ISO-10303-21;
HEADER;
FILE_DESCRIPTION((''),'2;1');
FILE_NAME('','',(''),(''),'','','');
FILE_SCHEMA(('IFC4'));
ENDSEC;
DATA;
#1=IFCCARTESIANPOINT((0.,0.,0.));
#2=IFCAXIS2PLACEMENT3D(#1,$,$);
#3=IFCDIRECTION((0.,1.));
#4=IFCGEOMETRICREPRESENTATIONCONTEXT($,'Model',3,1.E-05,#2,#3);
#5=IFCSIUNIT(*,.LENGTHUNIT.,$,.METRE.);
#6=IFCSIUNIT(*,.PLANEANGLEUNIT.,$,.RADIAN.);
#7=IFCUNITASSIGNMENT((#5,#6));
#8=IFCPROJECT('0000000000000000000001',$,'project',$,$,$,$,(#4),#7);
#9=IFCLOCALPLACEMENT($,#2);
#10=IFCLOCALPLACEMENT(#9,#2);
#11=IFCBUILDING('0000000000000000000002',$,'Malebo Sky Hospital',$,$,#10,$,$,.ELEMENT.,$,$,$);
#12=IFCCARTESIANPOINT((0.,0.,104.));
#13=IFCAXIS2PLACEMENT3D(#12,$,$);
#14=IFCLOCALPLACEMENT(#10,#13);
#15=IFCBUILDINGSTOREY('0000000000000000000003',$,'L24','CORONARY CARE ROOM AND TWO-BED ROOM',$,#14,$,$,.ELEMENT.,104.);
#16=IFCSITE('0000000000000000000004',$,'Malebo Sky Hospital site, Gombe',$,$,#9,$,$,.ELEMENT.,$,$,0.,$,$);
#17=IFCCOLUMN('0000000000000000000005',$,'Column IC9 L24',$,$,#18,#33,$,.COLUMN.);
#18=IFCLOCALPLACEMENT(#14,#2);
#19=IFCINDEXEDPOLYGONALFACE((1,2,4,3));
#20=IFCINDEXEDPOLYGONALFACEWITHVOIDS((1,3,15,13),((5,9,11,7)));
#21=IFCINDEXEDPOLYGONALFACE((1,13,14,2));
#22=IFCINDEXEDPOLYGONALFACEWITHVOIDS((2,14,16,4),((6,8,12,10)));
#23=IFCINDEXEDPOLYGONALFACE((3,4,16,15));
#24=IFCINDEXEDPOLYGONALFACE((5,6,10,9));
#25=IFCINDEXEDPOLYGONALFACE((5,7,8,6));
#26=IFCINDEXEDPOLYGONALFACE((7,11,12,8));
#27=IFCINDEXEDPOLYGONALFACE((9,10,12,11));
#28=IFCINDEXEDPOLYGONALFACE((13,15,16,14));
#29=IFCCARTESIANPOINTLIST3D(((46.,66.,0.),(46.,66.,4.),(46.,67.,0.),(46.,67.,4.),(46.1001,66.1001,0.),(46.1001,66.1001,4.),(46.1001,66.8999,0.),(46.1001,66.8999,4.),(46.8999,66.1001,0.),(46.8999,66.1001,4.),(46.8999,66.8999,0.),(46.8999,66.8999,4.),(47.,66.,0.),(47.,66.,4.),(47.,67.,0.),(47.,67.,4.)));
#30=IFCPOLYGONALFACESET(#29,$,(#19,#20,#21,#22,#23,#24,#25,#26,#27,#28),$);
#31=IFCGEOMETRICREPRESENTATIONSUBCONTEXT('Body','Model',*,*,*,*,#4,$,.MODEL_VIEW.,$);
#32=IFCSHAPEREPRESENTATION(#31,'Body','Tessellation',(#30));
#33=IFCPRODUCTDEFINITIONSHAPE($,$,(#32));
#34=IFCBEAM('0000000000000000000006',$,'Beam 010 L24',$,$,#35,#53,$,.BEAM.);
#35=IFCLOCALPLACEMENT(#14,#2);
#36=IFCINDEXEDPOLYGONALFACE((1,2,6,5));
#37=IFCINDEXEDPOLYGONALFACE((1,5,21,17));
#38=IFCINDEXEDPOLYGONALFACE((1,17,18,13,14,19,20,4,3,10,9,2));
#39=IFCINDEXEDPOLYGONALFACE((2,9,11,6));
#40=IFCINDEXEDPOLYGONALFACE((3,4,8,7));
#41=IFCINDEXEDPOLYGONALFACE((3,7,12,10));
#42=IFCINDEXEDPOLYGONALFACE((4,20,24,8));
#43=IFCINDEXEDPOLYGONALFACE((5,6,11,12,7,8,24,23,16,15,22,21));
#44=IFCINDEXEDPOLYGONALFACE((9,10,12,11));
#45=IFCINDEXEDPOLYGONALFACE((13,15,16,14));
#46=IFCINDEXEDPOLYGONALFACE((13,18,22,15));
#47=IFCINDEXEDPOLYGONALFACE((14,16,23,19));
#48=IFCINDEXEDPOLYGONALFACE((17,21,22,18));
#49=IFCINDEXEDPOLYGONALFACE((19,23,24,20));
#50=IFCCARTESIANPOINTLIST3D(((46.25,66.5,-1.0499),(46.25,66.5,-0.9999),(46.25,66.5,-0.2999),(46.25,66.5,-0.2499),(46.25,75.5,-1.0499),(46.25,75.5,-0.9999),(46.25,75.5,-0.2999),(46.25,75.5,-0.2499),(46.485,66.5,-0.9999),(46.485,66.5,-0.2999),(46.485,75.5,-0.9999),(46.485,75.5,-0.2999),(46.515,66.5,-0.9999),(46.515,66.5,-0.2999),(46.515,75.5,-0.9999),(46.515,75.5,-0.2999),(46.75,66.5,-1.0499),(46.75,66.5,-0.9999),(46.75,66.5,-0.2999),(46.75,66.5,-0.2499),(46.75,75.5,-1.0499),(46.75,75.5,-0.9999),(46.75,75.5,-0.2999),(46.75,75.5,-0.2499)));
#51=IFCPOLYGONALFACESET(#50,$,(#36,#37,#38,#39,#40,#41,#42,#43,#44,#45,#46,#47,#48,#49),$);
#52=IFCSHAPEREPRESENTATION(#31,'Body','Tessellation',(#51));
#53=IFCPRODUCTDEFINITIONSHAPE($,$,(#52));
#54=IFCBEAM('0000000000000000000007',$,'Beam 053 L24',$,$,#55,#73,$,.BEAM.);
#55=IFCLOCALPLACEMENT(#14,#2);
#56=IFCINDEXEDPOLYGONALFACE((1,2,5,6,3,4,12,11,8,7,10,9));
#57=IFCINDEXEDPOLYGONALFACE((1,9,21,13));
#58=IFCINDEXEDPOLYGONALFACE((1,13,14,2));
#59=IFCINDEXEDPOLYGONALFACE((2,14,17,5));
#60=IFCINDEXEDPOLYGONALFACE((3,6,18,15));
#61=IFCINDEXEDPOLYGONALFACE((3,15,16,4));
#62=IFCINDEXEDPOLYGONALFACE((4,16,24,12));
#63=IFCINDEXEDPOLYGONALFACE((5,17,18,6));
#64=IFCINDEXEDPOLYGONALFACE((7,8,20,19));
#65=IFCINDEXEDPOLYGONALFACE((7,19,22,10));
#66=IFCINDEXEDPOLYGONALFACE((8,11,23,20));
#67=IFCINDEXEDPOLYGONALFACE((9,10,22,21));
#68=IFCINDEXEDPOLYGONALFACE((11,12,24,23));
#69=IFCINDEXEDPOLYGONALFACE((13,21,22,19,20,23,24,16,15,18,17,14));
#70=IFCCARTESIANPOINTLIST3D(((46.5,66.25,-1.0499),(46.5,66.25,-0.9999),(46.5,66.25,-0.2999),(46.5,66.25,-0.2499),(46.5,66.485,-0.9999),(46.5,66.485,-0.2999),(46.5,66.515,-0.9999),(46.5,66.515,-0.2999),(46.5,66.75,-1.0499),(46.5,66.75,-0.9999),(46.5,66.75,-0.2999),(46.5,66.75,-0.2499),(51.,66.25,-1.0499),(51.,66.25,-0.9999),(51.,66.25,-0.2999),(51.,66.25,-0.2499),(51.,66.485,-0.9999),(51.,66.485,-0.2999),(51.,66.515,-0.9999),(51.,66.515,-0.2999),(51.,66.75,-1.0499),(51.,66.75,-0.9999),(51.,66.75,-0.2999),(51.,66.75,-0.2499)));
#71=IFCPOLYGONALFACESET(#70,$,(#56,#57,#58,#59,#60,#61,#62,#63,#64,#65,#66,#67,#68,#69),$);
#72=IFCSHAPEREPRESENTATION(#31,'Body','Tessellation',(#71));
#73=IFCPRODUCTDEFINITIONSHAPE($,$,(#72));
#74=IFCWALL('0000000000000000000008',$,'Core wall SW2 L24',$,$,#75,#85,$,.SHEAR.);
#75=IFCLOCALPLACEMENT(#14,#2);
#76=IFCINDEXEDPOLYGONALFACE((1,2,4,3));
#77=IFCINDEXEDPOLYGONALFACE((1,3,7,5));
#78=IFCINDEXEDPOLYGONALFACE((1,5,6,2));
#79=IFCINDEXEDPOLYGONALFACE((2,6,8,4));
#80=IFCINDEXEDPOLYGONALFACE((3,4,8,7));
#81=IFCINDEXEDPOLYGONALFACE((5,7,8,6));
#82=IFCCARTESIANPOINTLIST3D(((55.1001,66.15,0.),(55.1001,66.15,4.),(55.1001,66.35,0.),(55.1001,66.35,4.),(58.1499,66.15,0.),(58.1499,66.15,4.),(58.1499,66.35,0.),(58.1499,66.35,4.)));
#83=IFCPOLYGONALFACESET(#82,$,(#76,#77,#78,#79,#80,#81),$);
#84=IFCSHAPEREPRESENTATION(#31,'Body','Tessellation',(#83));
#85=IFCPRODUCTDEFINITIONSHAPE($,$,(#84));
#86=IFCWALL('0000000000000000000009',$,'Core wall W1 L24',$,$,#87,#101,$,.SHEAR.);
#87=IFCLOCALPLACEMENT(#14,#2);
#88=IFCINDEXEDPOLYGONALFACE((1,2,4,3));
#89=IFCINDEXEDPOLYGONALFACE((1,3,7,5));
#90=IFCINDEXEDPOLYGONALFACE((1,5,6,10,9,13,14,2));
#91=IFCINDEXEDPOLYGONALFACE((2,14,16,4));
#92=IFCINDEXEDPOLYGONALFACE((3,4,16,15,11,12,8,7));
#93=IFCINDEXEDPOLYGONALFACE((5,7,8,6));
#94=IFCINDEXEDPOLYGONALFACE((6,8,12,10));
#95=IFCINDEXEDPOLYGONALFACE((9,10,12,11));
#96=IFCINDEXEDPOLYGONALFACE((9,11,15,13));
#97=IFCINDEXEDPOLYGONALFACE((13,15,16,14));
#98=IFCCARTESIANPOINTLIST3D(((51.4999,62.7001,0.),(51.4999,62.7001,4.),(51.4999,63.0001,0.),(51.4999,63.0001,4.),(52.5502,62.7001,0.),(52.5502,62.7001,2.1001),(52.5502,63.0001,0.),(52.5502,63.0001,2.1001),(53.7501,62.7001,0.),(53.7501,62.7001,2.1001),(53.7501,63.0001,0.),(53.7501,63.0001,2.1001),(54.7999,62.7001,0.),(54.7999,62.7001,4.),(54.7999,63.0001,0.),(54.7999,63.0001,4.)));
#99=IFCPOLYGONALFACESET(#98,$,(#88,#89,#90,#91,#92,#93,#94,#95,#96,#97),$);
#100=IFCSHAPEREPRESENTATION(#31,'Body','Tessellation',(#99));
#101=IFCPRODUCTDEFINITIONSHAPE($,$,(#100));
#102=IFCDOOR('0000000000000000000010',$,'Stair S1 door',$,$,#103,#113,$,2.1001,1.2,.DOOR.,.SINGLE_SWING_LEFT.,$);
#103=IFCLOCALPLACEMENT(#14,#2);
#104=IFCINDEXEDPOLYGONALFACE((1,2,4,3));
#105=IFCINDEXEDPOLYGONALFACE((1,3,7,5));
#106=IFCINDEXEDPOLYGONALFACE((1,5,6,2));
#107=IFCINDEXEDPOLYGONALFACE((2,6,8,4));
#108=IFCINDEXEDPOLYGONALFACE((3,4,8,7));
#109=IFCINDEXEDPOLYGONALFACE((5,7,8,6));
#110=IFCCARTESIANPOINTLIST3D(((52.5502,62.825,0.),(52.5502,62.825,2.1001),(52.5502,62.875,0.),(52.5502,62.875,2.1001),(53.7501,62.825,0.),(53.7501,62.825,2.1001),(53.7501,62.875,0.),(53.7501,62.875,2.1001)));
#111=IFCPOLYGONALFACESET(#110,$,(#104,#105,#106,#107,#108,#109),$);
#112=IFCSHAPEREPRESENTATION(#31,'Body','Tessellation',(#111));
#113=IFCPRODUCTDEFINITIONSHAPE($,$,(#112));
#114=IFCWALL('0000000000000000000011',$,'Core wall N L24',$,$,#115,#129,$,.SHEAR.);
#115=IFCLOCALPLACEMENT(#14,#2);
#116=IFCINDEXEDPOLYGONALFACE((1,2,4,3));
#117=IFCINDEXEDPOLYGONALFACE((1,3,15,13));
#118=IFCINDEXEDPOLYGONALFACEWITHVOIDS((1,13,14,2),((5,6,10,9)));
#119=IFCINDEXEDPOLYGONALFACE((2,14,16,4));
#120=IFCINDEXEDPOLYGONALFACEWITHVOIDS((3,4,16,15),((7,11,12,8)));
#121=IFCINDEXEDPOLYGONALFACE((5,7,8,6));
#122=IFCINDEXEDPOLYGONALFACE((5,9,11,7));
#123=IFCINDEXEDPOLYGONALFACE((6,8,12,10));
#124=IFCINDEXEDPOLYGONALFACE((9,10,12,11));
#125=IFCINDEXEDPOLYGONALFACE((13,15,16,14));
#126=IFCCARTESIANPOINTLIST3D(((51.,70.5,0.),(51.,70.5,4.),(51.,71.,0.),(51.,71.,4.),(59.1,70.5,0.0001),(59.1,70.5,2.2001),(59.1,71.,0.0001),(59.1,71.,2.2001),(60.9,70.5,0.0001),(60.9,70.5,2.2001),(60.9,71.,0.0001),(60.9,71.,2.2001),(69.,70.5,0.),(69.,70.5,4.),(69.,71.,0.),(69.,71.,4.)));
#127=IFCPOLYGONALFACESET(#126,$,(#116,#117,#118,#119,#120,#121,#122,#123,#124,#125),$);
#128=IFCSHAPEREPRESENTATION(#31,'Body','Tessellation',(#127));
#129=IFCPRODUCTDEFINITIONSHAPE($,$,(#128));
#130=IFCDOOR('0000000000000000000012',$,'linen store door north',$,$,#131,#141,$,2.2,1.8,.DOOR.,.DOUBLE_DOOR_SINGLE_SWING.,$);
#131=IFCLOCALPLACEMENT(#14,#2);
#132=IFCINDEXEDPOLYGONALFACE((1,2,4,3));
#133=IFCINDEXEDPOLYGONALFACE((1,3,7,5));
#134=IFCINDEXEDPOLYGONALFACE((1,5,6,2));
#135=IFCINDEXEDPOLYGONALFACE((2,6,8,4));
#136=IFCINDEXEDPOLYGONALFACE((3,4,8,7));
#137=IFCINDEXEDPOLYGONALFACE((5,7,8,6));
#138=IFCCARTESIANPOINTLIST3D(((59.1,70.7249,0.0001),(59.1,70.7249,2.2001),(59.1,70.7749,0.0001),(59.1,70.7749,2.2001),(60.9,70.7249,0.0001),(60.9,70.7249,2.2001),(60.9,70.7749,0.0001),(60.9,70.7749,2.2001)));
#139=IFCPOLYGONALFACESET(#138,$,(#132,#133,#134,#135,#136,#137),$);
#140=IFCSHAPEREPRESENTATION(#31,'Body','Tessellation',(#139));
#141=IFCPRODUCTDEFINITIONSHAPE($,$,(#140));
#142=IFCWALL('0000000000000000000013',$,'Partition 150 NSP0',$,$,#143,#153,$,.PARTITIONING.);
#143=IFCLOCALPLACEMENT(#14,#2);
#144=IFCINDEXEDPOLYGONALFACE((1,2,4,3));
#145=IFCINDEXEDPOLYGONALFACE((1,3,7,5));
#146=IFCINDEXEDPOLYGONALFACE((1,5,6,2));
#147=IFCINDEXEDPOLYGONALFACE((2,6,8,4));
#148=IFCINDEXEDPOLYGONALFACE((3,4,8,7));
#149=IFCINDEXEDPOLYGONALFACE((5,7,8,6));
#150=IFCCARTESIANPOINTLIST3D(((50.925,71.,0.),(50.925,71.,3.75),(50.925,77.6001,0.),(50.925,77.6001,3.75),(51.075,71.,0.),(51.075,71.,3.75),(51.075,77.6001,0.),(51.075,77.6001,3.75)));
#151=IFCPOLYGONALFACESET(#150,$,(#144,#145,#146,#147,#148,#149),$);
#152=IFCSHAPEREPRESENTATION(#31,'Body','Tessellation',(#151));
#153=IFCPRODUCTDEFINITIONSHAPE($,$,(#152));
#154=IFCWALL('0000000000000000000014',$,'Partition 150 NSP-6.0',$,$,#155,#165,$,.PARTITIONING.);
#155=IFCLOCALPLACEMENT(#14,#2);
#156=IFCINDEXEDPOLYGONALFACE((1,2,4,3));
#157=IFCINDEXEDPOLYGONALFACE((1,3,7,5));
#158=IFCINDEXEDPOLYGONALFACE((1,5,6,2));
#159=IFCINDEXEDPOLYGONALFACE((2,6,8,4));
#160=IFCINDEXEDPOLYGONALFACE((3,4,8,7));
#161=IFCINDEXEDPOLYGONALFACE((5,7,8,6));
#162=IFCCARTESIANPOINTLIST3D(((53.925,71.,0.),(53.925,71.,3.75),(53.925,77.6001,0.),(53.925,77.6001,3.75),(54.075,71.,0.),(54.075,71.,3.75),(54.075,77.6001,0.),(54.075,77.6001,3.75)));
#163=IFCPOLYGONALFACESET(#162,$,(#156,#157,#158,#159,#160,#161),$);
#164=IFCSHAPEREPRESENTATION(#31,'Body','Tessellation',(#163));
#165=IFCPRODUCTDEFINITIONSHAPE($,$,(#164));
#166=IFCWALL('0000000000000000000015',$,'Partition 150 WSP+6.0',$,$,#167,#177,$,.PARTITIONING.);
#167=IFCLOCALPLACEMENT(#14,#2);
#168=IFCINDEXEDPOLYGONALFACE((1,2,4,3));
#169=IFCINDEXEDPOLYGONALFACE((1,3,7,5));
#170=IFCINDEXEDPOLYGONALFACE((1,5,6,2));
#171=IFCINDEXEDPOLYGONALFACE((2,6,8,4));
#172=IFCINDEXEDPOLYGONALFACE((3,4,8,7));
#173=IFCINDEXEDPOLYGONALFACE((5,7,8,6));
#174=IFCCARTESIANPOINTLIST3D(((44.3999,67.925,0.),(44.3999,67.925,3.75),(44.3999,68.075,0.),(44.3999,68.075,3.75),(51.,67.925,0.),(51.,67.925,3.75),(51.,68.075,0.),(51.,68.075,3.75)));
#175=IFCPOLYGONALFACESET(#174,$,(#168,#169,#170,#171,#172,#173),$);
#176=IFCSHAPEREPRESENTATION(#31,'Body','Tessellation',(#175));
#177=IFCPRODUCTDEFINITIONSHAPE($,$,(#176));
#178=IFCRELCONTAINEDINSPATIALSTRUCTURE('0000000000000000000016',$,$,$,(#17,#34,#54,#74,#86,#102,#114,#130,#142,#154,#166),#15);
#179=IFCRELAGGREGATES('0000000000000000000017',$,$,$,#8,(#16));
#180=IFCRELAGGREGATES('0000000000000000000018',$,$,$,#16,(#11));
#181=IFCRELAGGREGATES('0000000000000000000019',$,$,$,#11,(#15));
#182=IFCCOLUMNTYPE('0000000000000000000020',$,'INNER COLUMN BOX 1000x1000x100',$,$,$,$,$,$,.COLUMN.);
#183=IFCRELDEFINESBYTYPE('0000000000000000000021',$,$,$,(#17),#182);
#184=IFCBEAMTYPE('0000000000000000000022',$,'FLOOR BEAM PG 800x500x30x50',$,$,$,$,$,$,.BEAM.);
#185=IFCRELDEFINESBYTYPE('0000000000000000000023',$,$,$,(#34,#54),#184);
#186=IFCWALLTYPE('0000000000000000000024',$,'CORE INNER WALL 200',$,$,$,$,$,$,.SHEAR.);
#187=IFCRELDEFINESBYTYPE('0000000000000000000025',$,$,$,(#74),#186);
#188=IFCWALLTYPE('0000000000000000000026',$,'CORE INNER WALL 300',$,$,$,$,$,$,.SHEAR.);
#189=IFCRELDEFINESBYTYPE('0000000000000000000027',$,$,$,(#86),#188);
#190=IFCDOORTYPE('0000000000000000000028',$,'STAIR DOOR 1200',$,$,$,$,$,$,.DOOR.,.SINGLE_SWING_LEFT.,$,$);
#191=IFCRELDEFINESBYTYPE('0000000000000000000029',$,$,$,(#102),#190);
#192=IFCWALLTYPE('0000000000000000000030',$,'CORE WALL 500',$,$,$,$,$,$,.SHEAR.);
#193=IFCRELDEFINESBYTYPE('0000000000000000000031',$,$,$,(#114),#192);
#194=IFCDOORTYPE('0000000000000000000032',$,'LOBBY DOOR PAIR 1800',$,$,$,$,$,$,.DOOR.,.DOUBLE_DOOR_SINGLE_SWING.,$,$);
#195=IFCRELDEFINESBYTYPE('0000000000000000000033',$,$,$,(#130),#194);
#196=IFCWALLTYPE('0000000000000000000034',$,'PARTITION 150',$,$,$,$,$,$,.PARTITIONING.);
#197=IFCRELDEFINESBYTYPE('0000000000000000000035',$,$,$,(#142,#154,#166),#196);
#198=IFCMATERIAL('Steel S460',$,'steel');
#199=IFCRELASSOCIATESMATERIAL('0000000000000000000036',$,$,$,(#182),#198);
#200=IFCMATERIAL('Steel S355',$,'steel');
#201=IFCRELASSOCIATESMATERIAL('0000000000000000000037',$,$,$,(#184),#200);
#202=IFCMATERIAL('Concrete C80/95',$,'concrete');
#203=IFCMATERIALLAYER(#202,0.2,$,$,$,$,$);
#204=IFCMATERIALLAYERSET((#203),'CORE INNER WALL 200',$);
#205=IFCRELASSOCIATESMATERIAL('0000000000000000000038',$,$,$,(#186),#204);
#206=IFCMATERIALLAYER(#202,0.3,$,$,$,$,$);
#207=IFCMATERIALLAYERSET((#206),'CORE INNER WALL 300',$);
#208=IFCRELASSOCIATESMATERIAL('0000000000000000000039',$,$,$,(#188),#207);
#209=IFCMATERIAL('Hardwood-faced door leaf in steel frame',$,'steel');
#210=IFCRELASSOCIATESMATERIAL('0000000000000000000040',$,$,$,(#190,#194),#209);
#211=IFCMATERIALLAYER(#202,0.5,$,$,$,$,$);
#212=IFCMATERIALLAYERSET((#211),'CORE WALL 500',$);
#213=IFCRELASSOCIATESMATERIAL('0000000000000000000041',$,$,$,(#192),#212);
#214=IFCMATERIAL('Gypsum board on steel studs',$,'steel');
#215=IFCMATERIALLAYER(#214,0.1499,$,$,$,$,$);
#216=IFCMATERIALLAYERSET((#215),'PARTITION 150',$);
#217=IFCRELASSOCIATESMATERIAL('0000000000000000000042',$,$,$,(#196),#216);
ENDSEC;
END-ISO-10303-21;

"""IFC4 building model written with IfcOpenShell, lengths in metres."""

from ifc_helpers import new_model, si_unit, direction, frame, frame_2d, origin, origin_2d, place, context, subcontext, project, spatial, rectangle, hollow_rectangle, i_section, extrude, material, layer, layer_set, material_profile, profile_set, type_object, element, fill, save


model = new_model("IFC4")

# Units and contexts
model_context = context("Model", 3, precision=1e-05, world=origin(), true_north=direction((0.0, 1.0)))
body_context = subcontext(model_context, "Body", "Model", "MODEL_VIEW")
ifc_project = project(units=[si_unit("LENGTHUNIT", "METRE"), si_unit("PLANEANGLEUNIT", "RADIAN")], contexts=[model_context])

# Site, building, storey
site_placement = place(None, origin())
site = spatial("IfcSite", under=ifc_project, at=site_placement, Name="Malebo Sky Hospital site, Gombe", CompositionType="ELEMENT", RefElevation=0.0)
building_placement = place(site_placement, origin())
building = spatial("IfcBuilding", under=site, at=building_placement, Name="Malebo Sky Hospital", CompositionType="ELEMENT")
storey_placement = place(building_placement, frame((0.0, 0.0, 104.0)))
storey = spatial("IfcBuildingStorey", under=building, at=storey_placement, Name="L24", Description="CORONARY CARE ROOM AND TWO-BED ROOM", CompositionType="ELEMENT", Elevation=104.0)

# Column
ifc_material_1 = material(Name="Steel S460", Category="steel")
ifc_material_profile_1 = material_profile(ifc_material_1, hollow_rectangle(XDim=1.0, YDim=1.0, WallThickness=0.1001, at=origin_2d()), Name="BOX 1000x1000x100")
ifc_profile_set_1 = profile_set([ifc_material_profile_1], Name="Steel S460")
column_type = type_object("IfcColumnType", Name="INNER COLUMN BOX 1000x1000x100", PredefinedType="COLUMN", material=ifc_profile_set_1)
column_placement = place(storey_placement, frame((46.5, 66.5, 0.0), z_axis=(0.0, 0.0, 1.0), x_axis=(1.0, 0.0, 0.0)))
element("IfcColumn", 1, at=column_placement, inside=storey, type_object=column_type, Name="Column IC9 L24", PredefinedType="COLUMN", context=body_context, shape_type="SweptSolid", body=[
    extrude(hollow_rectangle(XDim=1.0, YDim=1.0, WallThickness=0.1001, at=origin_2d()), origin(), (0.0, 0.0, 1.0), 4.0),
])

# Beams
ifc_material_2 = material(Name="Steel S355", Category="steel")
ifc_material_profile_2 = material_profile(ifc_material_2, i_section(OverallWidth=0.5, OverallDepth=0.8, WebThickness=0.03, FlangeThickness=0.05, at=origin_2d()), Name="PG 800x500x30x50")
ifc_profile_set_2 = profile_set([ifc_material_profile_2], Name="Steel S355")
beam_type = type_object("IfcBeamType", Name="FLOOR BEAM PG 800x500x30x50", PredefinedType="BEAM", material=ifc_profile_set_2)
beam_1_placement = place(storey_placement, frame((46.5, 66.5, -0.6499), z_axis=(0.0, 1.0, 0.0), x_axis=(-1.0, 0.0, 0.0)))
element("IfcBeam", 2, at=beam_1_placement, inside=storey, type_object=beam_type, Name="Beam 010 L24", PredefinedType="BEAM", context=body_context, shape_type="SweptSolid", body=[
    extrude(i_section(OverallWidth=0.5, OverallDepth=0.8, WebThickness=0.03, FlangeThickness=0.05, at=origin_2d()), origin(), (0.0, 0.0, 1.0), 9.0),
])
beam_2_placement = place(storey_placement, frame((46.5, 66.5, -0.6499), z_axis=(1.0, 0.0, 0.0), x_axis=(0.0, 1.0, 0.0)))
element("IfcBeam", 3, at=beam_2_placement, inside=storey, type_object=beam_type, Name="Beam 053 L24", PredefinedType="BEAM", context=body_context, shape_type="SweptSolid", body=[
    extrude(i_section(OverallWidth=0.5, OverallDepth=0.8, WebThickness=0.03, FlangeThickness=0.05, at=origin_2d()), origin(), (0.0, 0.0, 1.0), 4.5),
])

# Wall
ifc_material_3 = material(Name="Concrete C80/95", Category="concrete")
ifc_layer_1 = layer(ifc_material_3, 0.2)
ifc_layer_set_1 = layer_set([ifc_layer_1], Name="CORE INNER WALL 200")
wall_type_1 = type_object("IfcWallType", Name="CORE INNER WALL 200", PredefinedType="SHEAR", material=ifc_layer_set_1)
wall_1_placement = place(storey_placement, frame((55.1001, 66.25, 0.0), z_axis=(0.0, 0.0, 1.0), x_axis=(1.0, 0.0, 0.0)))
element("IfcWall", 4, at=wall_1_placement, inside=storey, type_object=wall_type_1, Name="Core wall SW2 L24", PredefinedType="SHEAR", context=body_context, shape_type="SweptSolid", body=[
    extrude(rectangle(XDim=3.0498, YDim=0.2, at=frame_2d((1.5249, 0.0))), origin(), (0.0, 0.0, 1.0), 4.0),
])

# Walls, openings, doors
ifc_layer_2 = layer(ifc_material_3, 0.3)
ifc_layer_set_2 = layer_set([ifc_layer_2], Name="CORE INNER WALL 300")
wall_type_2 = type_object("IfcWallType", Name="CORE INNER WALL 300", PredefinedType="SHEAR", material=ifc_layer_set_2)
wall_2_placement = place(storey_placement, frame((51.5, 62.8501, 0.0), z_axis=(0.0, 0.0, 1.0), x_axis=(1.0, 0.0, 0.0)))
wall_2 = element("IfcWall", 5, at=wall_2_placement, inside=storey, type_object=wall_type_2, Name="Core wall W1 L24", PredefinedType="SHEAR", context=body_context, shape_type="SweptSolid", body=[
    extrude(rectangle(XDim=3.3, YDim=0.3, at=frame_2d((1.6499, 0.0))), origin(), (0.0, 0.0, 1.0), 4.0),
])
opening_1_placement = place(wall_2_placement, frame((1.05, 0.0, 0.0)))
opening_1 = element("IfcOpeningElement", 6, at=opening_1_placement, cuts=wall_2, PredefinedType="OPENING", context=body_context, shape_type="SweptSolid", body=[
    extrude(rectangle(XDim=1.2, YDim=2.1001, at=frame_2d((0.6001, 1.05))), frame((0.0, 0.1599, 0.0), z_axis=(0.0, -1.0, 0.0), x_axis=(1.0, 0.0, 0.0)), (0.0, 0.0, 1.0), 0.3201),
])
ifc_material_4 = material(Name="Hardwood-faced door leaf in steel frame", Category="steel")
door_type_1 = type_object("IfcDoorType", Name="STAIR DOOR 1200", OperationType="SINGLE_SWING_LEFT", PredefinedType="DOOR", material=ifc_material_4)
door_1_placement = place(opening_1_placement, origin())
door_1 = element("IfcDoor", 7, at=door_1_placement, inside=storey, type_object=door_type_1, Name="Stair S1 door", OperationType="SINGLE_SWING_LEFT", OverallHeight=2.1001, OverallWidth=1.2, PredefinedType="DOOR", context=body_context, shape_type="SweptSolid", body=[
    extrude(rectangle(XDim=1.2, YDim=2.1001, at=frame_2d((0.6001, 1.05))), frame((0.0, 0.0249, 0.0), z_axis=(0.0, -1.0, 0.0), x_axis=(1.0, 0.0, 0.0)), (0.0, 0.0, 1.0), 0.05),
])
fill(opening_1, door_1)
ifc_layer_3 = layer(ifc_material_3, 0.5)
ifc_layer_set_3 = layer_set([ifc_layer_3], Name="CORE WALL 500")
wall_type_3 = type_object("IfcWallType", Name="CORE WALL 500", PredefinedType="SHEAR", material=ifc_layer_set_3)
wall_3_placement = place(storey_placement, frame((51.0, 70.75, 0.0), z_axis=(0.0, 0.0, 1.0), x_axis=(1.0, 0.0, 0.0)))
wall_3 = element("IfcWall", 8, at=wall_3_placement, inside=storey, type_object=wall_type_3, Name="Core wall N L24", PredefinedType="SHEAR", context=body_context, shape_type="SweptSolid", body=[
    extrude(rectangle(XDim=18.0, YDim=0.5, at=frame_2d((9.0, 0.0))), origin(), (0.0, 0.0, 1.0), 4.0),
])
opening_2_placement = place(wall_3_placement, frame((8.1001, 0.0, 0.0)))
opening_2 = element("IfcOpeningElement", 9, at=opening_2_placement, cuts=wall_3, PredefinedType="OPENING", context=body_context, shape_type="SweptSolid", body=[
    extrude(rectangle(XDim=1.8, YDim=2.2, at=frame_2d((0.8999, 1.1001))), frame((0.0, 0.26, 0.0), z_axis=(0.0, -1.0, 0.0), x_axis=(1.0, 0.0, 0.0)), (0.0, 0.0, 1.0), 0.52),
])
door_type_2 = type_object("IfcDoorType", Name="LOBBY DOOR PAIR 1800", OperationType="DOUBLE_DOOR_SINGLE_SWING", PredefinedType="DOOR", material=ifc_material_4)
door_2_placement = place(opening_2_placement, origin())
door_2 = element("IfcDoor", 10, at=door_2_placement, inside=storey, type_object=door_type_2, Name="linen store door north", OperationType="DOUBLE_DOOR_SINGLE_SWING", OverallHeight=2.2, OverallWidth=1.8, PredefinedType="DOOR", context=body_context, shape_type="SweptSolid", body=[
    extrude(rectangle(XDim=1.8, YDim=2.2, at=frame_2d((0.8999, 1.1001))), frame((0.0, 0.0249, 0.0), z_axis=(0.0, -1.0, 0.0), x_axis=(1.0, 0.0, 0.0)), (0.0, 0.0, 1.0), 0.05),
])
fill(opening_2, door_2)

# Walls
ifc_material_5 = material(Name="Gypsum board on steel studs", Category="steel")
ifc_layer_4 = layer(ifc_material_5, 0.1499)
ifc_layer_set_4 = layer_set([ifc_layer_4], Name="PARTITION 150")
wall_type_4 = type_object("IfcWallType", Name="PARTITION 150", PredefinedType="PARTITIONING", material=ifc_layer_set_4)
for number, where, z_axis, x_axis, name in (
    (11, (51.0, 71.0, 0.0), (0.0, 0.0, 1.0), (0.0, 1.0, 0.0), "Partition 150 NSP0"),
    (12, (54.0, 71.0, 0.0), (0.0, 0.0, 1.0), (0.0, 1.0, 0.0), "Partition 150 NSP-6.0"),
    (13, (51.0, 68.0, 0.0), (0.0, 0.0, 1.0), (-1.0, 0.0, 0.0), "Partition 150 WSP+6.0"),
):
    element("IfcWall", number, at=place(storey_placement, frame(where, z_axis=z_axis, x_axis=x_axis)), inside=storey, type_object=wall_type_4, Name=name, PredefinedType="PARTITIONING", context=body_context, shape_type="SweptSolid", body=[
        extrude(rectangle(XDim=6.6001, YDim=0.1499, at=frame_2d((3.3, 0.0))), origin(), (0.0, 0.0, 1.0), 3.75),
    ])

save(model, "model.ifc")
